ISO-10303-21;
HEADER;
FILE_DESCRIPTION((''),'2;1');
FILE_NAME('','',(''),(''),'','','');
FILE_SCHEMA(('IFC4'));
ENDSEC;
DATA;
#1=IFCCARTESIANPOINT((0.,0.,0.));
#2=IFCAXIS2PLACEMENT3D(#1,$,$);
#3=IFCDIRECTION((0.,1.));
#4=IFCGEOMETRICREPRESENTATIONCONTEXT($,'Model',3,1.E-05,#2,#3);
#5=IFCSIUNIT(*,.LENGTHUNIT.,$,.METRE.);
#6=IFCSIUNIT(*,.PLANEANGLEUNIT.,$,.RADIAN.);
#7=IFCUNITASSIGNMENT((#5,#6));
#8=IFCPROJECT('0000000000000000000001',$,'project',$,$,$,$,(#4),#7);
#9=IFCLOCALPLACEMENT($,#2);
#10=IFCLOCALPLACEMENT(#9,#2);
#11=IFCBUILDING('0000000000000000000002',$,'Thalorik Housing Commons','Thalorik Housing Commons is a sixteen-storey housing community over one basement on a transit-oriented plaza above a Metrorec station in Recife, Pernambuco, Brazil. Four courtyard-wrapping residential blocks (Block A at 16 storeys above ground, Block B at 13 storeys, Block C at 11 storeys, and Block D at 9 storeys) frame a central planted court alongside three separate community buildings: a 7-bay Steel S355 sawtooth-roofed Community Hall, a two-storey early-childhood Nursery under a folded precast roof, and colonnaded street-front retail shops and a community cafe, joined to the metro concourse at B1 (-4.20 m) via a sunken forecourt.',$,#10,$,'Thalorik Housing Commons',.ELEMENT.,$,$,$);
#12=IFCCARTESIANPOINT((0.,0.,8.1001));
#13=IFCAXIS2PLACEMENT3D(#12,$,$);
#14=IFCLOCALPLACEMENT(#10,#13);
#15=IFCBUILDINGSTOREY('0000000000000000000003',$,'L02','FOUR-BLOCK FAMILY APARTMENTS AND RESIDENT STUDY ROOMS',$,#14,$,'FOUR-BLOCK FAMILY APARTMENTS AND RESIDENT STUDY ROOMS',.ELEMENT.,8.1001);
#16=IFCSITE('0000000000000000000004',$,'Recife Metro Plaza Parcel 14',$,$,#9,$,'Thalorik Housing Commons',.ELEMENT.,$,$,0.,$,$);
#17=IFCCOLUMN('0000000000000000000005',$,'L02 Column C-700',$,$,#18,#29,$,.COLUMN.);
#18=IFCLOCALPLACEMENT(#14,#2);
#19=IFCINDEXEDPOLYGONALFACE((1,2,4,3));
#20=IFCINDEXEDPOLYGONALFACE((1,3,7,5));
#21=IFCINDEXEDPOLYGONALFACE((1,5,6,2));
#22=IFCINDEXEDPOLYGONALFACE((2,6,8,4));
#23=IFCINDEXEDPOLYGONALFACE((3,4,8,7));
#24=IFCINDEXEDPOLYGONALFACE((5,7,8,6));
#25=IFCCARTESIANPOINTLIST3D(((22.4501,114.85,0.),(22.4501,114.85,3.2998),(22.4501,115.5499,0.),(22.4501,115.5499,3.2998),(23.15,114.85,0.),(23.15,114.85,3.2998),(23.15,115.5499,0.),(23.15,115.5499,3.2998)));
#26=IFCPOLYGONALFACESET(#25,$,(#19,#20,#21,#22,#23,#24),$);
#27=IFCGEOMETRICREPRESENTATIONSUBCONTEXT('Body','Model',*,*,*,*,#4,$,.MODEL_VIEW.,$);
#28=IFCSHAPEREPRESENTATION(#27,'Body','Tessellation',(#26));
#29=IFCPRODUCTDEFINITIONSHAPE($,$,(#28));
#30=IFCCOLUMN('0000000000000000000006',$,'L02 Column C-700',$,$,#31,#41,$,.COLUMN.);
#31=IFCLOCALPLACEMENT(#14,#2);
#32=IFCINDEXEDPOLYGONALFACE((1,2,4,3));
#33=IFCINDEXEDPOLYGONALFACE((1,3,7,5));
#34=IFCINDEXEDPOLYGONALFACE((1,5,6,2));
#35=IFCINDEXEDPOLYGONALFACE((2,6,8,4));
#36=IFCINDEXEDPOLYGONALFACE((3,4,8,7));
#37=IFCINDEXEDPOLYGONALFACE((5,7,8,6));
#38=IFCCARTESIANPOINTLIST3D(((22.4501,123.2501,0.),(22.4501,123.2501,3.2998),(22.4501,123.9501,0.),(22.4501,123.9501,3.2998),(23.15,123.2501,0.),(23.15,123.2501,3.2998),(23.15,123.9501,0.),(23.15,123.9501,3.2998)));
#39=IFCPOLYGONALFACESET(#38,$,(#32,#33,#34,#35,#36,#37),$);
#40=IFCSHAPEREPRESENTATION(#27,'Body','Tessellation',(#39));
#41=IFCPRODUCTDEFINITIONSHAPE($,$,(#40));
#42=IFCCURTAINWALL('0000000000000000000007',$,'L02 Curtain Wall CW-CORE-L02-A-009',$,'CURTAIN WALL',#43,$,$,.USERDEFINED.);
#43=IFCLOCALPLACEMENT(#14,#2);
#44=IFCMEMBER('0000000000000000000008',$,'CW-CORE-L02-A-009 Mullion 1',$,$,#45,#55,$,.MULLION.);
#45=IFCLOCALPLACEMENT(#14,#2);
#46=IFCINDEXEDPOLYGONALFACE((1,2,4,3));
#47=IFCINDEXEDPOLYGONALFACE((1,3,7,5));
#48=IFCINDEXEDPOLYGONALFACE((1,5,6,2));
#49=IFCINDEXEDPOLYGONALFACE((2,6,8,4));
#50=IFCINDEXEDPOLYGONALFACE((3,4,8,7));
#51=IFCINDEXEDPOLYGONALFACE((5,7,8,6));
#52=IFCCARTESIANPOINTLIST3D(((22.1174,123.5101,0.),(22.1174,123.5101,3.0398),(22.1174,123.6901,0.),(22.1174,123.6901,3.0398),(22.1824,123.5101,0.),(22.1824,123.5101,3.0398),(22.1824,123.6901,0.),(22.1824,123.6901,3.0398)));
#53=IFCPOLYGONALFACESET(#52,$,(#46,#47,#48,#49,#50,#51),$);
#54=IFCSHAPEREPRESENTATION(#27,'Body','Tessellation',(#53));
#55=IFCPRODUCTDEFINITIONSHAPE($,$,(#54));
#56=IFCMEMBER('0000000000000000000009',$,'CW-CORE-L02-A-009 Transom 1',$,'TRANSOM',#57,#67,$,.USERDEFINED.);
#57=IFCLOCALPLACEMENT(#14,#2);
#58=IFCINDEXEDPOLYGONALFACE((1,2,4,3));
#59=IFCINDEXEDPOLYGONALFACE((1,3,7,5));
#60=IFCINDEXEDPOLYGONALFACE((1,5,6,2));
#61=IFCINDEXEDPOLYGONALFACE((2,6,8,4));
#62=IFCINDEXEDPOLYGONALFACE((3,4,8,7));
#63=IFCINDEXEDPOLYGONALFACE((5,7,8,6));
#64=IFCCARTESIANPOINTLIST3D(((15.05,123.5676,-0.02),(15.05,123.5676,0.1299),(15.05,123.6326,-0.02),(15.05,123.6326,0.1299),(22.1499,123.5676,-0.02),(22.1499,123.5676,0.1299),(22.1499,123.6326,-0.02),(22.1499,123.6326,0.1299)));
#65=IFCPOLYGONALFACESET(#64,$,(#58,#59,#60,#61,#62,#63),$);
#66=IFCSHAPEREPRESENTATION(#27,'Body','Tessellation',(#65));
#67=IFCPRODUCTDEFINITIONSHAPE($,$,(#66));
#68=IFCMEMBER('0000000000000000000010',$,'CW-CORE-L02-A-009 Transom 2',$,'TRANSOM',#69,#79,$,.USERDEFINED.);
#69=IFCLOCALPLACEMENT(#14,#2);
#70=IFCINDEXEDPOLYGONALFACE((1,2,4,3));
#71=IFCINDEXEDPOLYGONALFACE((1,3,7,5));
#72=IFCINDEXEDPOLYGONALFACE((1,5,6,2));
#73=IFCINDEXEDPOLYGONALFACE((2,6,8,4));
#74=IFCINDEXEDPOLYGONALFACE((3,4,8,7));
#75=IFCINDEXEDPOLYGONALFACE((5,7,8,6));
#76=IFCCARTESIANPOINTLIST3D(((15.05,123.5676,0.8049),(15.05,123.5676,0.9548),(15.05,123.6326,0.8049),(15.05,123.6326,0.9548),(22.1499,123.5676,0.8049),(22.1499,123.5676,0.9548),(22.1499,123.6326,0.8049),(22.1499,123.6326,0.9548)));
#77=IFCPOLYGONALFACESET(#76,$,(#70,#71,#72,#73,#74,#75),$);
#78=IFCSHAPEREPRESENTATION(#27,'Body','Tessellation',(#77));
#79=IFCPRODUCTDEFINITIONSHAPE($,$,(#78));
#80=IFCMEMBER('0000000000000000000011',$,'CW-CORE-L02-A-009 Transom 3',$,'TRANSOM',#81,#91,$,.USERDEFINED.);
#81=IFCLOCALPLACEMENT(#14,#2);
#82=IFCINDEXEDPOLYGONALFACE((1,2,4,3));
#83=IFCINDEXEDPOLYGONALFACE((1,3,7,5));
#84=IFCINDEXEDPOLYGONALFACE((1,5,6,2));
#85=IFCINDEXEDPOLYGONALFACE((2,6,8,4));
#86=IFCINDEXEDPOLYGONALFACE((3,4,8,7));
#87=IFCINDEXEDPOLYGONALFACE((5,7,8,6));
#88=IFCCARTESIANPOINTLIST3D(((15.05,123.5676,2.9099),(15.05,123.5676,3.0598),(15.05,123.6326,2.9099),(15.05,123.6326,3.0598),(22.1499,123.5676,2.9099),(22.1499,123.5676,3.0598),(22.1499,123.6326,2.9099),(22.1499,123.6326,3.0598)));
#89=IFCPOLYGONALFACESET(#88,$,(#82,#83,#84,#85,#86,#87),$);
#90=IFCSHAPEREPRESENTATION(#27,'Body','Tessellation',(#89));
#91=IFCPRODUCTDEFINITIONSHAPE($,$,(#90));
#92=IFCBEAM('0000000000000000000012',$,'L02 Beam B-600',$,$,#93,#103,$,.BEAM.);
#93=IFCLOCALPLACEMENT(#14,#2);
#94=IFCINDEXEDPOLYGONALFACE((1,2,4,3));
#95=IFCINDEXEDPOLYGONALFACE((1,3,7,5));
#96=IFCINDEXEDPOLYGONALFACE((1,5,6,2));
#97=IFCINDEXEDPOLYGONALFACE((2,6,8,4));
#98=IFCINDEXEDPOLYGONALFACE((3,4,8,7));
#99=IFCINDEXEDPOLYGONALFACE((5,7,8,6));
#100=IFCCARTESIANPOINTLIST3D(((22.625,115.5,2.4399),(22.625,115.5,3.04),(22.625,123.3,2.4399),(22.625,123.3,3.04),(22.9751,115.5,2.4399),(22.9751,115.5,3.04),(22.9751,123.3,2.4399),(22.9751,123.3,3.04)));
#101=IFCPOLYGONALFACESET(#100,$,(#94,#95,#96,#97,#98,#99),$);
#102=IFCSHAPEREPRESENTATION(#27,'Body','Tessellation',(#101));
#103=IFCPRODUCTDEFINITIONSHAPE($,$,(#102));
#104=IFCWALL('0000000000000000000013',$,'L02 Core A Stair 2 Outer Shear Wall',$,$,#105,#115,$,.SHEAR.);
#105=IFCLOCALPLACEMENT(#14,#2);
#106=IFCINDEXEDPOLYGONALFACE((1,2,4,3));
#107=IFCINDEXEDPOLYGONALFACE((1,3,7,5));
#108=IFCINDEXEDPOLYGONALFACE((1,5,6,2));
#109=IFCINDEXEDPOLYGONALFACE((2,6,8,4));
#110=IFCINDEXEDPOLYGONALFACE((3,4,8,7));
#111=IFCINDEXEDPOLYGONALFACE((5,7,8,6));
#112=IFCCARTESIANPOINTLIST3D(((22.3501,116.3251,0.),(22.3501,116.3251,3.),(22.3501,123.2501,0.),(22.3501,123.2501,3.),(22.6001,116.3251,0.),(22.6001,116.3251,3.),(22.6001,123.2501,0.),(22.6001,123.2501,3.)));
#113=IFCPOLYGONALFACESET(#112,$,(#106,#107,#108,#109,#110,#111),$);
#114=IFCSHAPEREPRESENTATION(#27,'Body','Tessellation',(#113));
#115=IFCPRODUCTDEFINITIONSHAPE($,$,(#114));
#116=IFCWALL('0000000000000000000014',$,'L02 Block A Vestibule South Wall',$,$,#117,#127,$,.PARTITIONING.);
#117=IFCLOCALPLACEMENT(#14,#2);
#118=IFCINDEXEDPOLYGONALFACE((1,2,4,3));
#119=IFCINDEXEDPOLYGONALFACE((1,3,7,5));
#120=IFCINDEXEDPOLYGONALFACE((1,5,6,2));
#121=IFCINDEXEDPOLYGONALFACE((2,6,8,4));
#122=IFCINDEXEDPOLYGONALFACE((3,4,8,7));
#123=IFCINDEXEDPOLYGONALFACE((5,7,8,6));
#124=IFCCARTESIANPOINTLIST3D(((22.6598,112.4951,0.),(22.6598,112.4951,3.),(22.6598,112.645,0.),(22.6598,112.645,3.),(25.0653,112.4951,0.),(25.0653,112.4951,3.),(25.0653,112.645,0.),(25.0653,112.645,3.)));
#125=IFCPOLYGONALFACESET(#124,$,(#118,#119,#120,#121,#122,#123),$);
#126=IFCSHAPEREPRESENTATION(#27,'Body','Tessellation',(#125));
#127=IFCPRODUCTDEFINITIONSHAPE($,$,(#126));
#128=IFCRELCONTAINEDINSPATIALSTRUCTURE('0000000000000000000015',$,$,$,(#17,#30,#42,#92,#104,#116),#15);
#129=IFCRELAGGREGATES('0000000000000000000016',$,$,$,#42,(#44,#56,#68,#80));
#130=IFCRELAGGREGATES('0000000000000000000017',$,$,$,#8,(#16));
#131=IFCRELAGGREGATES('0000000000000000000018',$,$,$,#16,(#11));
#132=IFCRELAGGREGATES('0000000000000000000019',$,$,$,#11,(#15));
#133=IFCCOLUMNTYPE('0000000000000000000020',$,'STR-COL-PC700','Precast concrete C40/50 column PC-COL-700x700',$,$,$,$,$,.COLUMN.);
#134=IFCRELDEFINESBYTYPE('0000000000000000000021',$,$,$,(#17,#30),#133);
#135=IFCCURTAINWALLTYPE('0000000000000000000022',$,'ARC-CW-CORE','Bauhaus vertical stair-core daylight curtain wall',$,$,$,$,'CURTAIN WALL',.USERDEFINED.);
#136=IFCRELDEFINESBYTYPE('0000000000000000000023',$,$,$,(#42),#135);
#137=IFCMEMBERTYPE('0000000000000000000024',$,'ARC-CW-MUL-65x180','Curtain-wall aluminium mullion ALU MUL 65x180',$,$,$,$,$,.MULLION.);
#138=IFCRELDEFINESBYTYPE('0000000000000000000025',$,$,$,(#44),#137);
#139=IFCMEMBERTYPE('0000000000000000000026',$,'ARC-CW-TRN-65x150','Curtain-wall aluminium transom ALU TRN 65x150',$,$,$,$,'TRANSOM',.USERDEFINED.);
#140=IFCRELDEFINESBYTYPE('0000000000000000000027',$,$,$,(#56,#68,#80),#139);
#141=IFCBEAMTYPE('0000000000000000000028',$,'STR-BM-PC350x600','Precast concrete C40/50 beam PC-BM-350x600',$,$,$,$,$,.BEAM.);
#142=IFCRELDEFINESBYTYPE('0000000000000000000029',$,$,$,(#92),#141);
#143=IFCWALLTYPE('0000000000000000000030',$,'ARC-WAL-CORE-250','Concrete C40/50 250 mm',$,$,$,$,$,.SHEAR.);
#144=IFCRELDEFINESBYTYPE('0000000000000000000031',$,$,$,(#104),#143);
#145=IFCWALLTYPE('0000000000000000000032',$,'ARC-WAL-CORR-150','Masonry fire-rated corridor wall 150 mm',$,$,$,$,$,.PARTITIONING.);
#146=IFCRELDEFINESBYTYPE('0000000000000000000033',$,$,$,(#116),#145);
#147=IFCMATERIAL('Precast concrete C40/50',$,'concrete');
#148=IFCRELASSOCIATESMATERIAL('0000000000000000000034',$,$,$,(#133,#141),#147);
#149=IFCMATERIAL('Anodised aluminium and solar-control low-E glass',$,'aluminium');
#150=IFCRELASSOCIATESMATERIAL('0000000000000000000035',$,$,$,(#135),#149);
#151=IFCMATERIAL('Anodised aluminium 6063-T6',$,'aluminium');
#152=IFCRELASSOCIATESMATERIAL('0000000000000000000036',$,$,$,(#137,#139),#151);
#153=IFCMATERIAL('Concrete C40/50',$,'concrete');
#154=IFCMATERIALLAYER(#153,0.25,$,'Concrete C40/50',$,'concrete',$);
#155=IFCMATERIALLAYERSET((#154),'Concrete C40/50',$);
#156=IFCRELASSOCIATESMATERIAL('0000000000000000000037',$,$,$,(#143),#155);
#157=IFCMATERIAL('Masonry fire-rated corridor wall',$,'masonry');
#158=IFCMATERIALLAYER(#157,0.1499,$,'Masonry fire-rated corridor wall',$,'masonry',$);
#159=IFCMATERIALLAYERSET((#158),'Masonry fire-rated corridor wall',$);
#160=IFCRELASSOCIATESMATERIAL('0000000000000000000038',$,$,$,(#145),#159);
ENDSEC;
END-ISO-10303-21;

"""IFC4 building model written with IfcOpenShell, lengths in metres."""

from ifc_helpers import new_model, si_unit, direction, frame, frame_2d, origin, origin_2d, place, context, subcontext, project, spatial, rectangle, extrude, material, layer, layer_set, material_profile, profile_set, type_object, element, aggregate, save


model = new_model("IFC4")

# Units and contexts
model_context = context("Model", 3, precision=1e-05, world=origin(), true_north=direction((0.0, 1.0)))
body_context = subcontext(model_context, "Body", "Model", "MODEL_VIEW")
ifc_project = project(units=[si_unit("LENGTHUNIT", "METRE"), si_unit("PLANEANGLEUNIT", "RADIAN")], contexts=[model_context])

# Site, building, storey
site_placement = place(None, origin())
site = spatial("IfcSite", under=ifc_project, at=site_placement, Name="Recife Metro Plaza Parcel 14", LongName="Thalorik Housing Commons", CompositionType="ELEMENT", RefElevation=0.0)
building_placement = place(site_placement, origin())
building = spatial("IfcBuilding", under=site, at=building_placement, Name="Thalorik Housing Commons", Description="Thalorik Housing Commons is a sixteen-storey housing community over one basement on a transit-oriented plaza above a Metrorec station in Recife, Pernambuco, Brazil. Four courtyard-wrapping residential blocks (Block A at 16 storeys above ground, Block B at 13 storeys, Block C at 11 storeys, and Block D at 9 storeys) frame a central planted court alongside three separate community buildings: a 7-bay Steel S355 sawtooth-roofed Community Hall, a two-storey early-childhood Nursery under a folded precast roof, and colonnaded street-front retail shops and a community cafe, joined to the metro concourse at B1 (-4.20 m) via a sunken forecourt.", LongName="Thalorik Housing Commons", CompositionType="ELEMENT")
storey_placement = place(building_placement, frame((0.0, 0.0, 8.1001)))
storey = spatial("IfcBuildingStorey", under=building, at=storey_placement, Name="L02", Description="FOUR-BLOCK FAMILY APARTMENTS AND RESIDENT STUDY ROOMS", LongName="FOUR-BLOCK FAMILY APARTMENTS AND RESIDENT STUDY ROOMS", CompositionType="ELEMENT", Elevation=8.1001)

# Columns
ifc_material_1 = material(Name="Precast concrete C40/50", Category="concrete")
ifc_material_profile_1 = material_profile(ifc_material_1, rectangle(XDim=0.7, YDim=0.7, at=origin_2d()), Name="PC 700x700", Category="concrete")
ifc_profile_set_1 = profile_set([ifc_material_profile_1], Name="Precast concrete C40/50")
column_type = type_object("IfcColumnType", Name="STR-COL-PC700", Description="Precast concrete C40/50 column PC-COL-700x700", PredefinedType="COLUMN", material=ifc_profile_set_1)
for number, where, z_axis, x_axis, name in (
    (1, (22.8, 115.2, 0.0), (0.0, 0.0, 1.0), (1.0, 0.0, 0.0), "L02 Column C-700"),
    (2, (22.8, 123.6001, 0.0), (0.0, 0.0, 1.0), (1.0, 0.0, 0.0), "L02 Column C-700"),
):
    element("IfcColumn", number, at=place(storey_placement, frame(where, z_axis=z_axis, x_axis=x_axis)), inside=storey, type_object=column_type, Name=name, PredefinedType="COLUMN", context=body_context, shape_type="SweptSolid", body=[
        extrude(rectangle(XDim=0.7, YDim=0.7, at=origin_2d()), origin(), (0.0, 0.0, 1.0), 3.2998),
    ])

# Curtain wall, members
ifc_material_2 = material(Name="Anodised aluminium and solar-control low-E glass", Category="aluminium")
curtain_wall_type = type_object("IfcCurtainWallType", Name="ARC-CW-CORE", Description="Bauhaus vertical stair-core daylight curtain wall", ElementType="CURTAIN WALL", PredefinedType="USERDEFINED", material=ifc_material_2)
curtain_wall_placement = place(storey_placement, origin())
curtain_wall = element("IfcCurtainWall", 3, at=curtain_wall_placement, inside=storey, type_object=curtain_wall_type, Name="L02 Curtain Wall CW-CORE-L02-A-009", ObjectType="CURTAIN WALL", PredefinedType="USERDEFINED")
ifc_material_3 = material(Name="Anodised aluminium 6063-T6", Category="aluminium")
ifc_material_profile_2 = material_profile(ifc_material_3, rectangle(XDim=0.0649, YDim=0.1799, at=origin_2d()), Name="ALU MUL 65x180", Category="aluminium")
ifc_profile_set_2 = profile_set([ifc_material_profile_2], Name="Anodised aluminium 6063-T6")
member_type_1 = type_object("IfcMemberType", Name="ARC-CW-MUL-65x180", Description="Curtain-wall aluminium mullion ALU MUL 65x180", PredefinedType="MULLION", material=ifc_profile_set_2)
member_1_placement = place(storey_placement, frame((22.1499, 123.6001, 0.0), z_axis=(0.0, 0.0, 1.0), x_axis=(-1.0, 0.0, 0.0)))
member_1 = element("IfcMember", 4, at=member_1_placement, type_object=member_type_1, Name="CW-CORE-L02-A-009 Mullion 1", PredefinedType="MULLION", context=body_context, shape_type="SweptSolid", body=[
    extrude(rectangle(XDim=0.0649, YDim=0.1799, at=origin_2d()), origin(), (0.0, 0.0, 1.0), 3.0398),
])
ifc_material_profile_3 = material_profile(ifc_material_3, rectangle(XDim=0.0649, YDim=0.1499, at=origin_2d()), Name="ALU TRN 65x150", Category="aluminium")
ifc_profile_set_3 = profile_set([ifc_material_profile_3], Name="Anodised aluminium 6063-T6")
member_type_2 = type_object("IfcMemberType", Name="ARC-CW-TRN-65x150", Description="Curtain-wall aluminium transom ALU TRN 65x150", ElementType="TRANSOM", PredefinedType="USERDEFINED", material=ifc_profile_set_3)
member_2_placement = place(storey_placement, frame((22.1499, 123.6001, 0.0549), z_axis=(-1.0, 0.0, 0.0), x_axis=(0.0, -1.0, 0.0)))
member_2 = element("IfcMember", 5, at=member_2_placement, type_object=member_type_2, Name="CW-CORE-L02-A-009 Transom 1", ObjectType="TRANSOM", PredefinedType="USERDEFINED", context=body_context, shape_type="SweptSolid", body=[
    extrude(rectangle(XDim=0.0649, YDim=0.1499, at=origin_2d()), origin(), (0.0, 0.0, 1.0), 7.0999),
])
member_3_placement = place(storey_placement, frame((22.1499, 123.6001, 0.8799), z_axis=(-1.0, 0.0, 0.0), x_axis=(0.0, -1.0, 0.0)))
member_3 = element("IfcMember", 6, at=member_3_placement, type_object=member_type_2, Name="CW-CORE-L02-A-009 Transom 2", ObjectType="TRANSOM", PredefinedType="USERDEFINED", context=body_context, shape_type="SweptSolid", body=[
    extrude(rectangle(XDim=0.0649, YDim=0.1499, at=origin_2d()), origin(), (0.0, 0.0, 1.0), 7.0999),
])
member_4_placement = place(storey_placement, frame((22.1499, 123.6001, 2.9849), z_axis=(-1.0, 0.0, 0.0), x_axis=(0.0, -1.0, 0.0)))
member_4 = element("IfcMember", 7, at=member_4_placement, type_object=member_type_2, Name="CW-CORE-L02-A-009 Transom 3", ObjectType="TRANSOM", PredefinedType="USERDEFINED", context=body_context, shape_type="SweptSolid", body=[
    extrude(rectangle(XDim=0.0649, YDim=0.1499, at=origin_2d()), origin(), (0.0, 0.0, 1.0), 7.0999),
])
aggregate(curtain_wall, [member_1, member_2, member_3, member_4])

# Beam
ifc_material_profile_4 = material_profile(ifc_material_1, rectangle(XDim=0.3501, YDim=0.6001, at=origin_2d()), Name="PC 350x600", Category="concrete")
ifc_profile_set_4 = profile_set([ifc_material_profile_4], Name="Precast concrete C40/50")
beam_type = type_object("IfcBeamType", Name="STR-BM-PC350x600", Description="Precast concrete C40/50 beam PC-BM-350x600", PredefinedType="BEAM", material=ifc_profile_set_4)
beam_placement = place(storey_placement, frame((22.8, 115.5, 2.74), z_axis=(0.0, 1.0, 0.0), x_axis=(-1.0, 0.0, 0.0)))
element("IfcBeam", 8, at=beam_placement, inside=storey, type_object=beam_type, Name="L02 Beam B-600", PredefinedType="BEAM", context=body_context, shape_type="SweptSolid", body=[
    extrude(rectangle(XDim=0.3501, YDim=0.6001, at=origin_2d()), origin(), (0.0, 0.0, 1.0), 7.8),
])

# Walls
ifc_material_4 = material(Name="Concrete C40/50", Category="concrete")
ifc_layer_1 = layer(ifc_material_4, 0.25, Name="Concrete C40/50", Category="concrete")
ifc_layer_set_1 = layer_set([ifc_layer_1], Name="Concrete C40/50")
wall_type_1 = type_object("IfcWallType", Name="ARC-WAL-CORE-250", Description="Concrete C40/50 250 mm", PredefinedType="SHEAR", material=ifc_layer_set_1)
wall_1_placement = place(storey_placement, frame((22.4751, 123.25, 0.0), z_axis=(0.0, 0.0, 1.0), x_axis=(0.0, -1.0, 0.0)))
element("IfcWall", 9, at=wall_1_placement, inside=storey, type_object=wall_type_1, Name="L02 Core A Stair 2 Outer Shear Wall", PredefinedType="SHEAR", context=body_context, shape_type="SweptSolid", body=[
    extrude(rectangle(XDim=6.925, YDim=0.25, at=frame_2d((3.4624, 0.0))), origin(), (0.0, 0.0, 1.0), 3.0),
])
ifc_material_5 = material(Name="Masonry fire-rated corridor wall", Category="masonry")
ifc_layer_2 = layer(ifc_material_5, 0.1499, Name="Masonry fire-rated corridor wall", Category="masonry")
ifc_layer_set_2 = layer_set([ifc_layer_2], Name="Masonry fire-rated corridor wall")
wall_type_2 = type_object("IfcWallType", Name="ARC-WAL-CORR-150", Description="Masonry fire-rated corridor wall 150 mm", PredefinedType="PARTITIONING", material=ifc_layer_set_2)
wall_2_placement = place(storey_placement, frame((22.6599, 112.5701, 0.0), z_axis=(0.0, 0.0, 1.0), x_axis=(1.0, 0.0, 0.0)))
element("IfcWall", 10, at=wall_2_placement, inside=storey, type_object=wall_type_2, Name="L02 Block A Vestibule South Wall", PredefinedType="PARTITIONING", context=body_context, shape_type="SweptSolid", body=[
    extrude(rectangle(XDim=2.4055, YDim=0.1499, at=frame_2d((1.2026, 0.0))), origin(), (0.0, 0.0, 1.0), 3.0),
])

save(model, "model.ifc")
